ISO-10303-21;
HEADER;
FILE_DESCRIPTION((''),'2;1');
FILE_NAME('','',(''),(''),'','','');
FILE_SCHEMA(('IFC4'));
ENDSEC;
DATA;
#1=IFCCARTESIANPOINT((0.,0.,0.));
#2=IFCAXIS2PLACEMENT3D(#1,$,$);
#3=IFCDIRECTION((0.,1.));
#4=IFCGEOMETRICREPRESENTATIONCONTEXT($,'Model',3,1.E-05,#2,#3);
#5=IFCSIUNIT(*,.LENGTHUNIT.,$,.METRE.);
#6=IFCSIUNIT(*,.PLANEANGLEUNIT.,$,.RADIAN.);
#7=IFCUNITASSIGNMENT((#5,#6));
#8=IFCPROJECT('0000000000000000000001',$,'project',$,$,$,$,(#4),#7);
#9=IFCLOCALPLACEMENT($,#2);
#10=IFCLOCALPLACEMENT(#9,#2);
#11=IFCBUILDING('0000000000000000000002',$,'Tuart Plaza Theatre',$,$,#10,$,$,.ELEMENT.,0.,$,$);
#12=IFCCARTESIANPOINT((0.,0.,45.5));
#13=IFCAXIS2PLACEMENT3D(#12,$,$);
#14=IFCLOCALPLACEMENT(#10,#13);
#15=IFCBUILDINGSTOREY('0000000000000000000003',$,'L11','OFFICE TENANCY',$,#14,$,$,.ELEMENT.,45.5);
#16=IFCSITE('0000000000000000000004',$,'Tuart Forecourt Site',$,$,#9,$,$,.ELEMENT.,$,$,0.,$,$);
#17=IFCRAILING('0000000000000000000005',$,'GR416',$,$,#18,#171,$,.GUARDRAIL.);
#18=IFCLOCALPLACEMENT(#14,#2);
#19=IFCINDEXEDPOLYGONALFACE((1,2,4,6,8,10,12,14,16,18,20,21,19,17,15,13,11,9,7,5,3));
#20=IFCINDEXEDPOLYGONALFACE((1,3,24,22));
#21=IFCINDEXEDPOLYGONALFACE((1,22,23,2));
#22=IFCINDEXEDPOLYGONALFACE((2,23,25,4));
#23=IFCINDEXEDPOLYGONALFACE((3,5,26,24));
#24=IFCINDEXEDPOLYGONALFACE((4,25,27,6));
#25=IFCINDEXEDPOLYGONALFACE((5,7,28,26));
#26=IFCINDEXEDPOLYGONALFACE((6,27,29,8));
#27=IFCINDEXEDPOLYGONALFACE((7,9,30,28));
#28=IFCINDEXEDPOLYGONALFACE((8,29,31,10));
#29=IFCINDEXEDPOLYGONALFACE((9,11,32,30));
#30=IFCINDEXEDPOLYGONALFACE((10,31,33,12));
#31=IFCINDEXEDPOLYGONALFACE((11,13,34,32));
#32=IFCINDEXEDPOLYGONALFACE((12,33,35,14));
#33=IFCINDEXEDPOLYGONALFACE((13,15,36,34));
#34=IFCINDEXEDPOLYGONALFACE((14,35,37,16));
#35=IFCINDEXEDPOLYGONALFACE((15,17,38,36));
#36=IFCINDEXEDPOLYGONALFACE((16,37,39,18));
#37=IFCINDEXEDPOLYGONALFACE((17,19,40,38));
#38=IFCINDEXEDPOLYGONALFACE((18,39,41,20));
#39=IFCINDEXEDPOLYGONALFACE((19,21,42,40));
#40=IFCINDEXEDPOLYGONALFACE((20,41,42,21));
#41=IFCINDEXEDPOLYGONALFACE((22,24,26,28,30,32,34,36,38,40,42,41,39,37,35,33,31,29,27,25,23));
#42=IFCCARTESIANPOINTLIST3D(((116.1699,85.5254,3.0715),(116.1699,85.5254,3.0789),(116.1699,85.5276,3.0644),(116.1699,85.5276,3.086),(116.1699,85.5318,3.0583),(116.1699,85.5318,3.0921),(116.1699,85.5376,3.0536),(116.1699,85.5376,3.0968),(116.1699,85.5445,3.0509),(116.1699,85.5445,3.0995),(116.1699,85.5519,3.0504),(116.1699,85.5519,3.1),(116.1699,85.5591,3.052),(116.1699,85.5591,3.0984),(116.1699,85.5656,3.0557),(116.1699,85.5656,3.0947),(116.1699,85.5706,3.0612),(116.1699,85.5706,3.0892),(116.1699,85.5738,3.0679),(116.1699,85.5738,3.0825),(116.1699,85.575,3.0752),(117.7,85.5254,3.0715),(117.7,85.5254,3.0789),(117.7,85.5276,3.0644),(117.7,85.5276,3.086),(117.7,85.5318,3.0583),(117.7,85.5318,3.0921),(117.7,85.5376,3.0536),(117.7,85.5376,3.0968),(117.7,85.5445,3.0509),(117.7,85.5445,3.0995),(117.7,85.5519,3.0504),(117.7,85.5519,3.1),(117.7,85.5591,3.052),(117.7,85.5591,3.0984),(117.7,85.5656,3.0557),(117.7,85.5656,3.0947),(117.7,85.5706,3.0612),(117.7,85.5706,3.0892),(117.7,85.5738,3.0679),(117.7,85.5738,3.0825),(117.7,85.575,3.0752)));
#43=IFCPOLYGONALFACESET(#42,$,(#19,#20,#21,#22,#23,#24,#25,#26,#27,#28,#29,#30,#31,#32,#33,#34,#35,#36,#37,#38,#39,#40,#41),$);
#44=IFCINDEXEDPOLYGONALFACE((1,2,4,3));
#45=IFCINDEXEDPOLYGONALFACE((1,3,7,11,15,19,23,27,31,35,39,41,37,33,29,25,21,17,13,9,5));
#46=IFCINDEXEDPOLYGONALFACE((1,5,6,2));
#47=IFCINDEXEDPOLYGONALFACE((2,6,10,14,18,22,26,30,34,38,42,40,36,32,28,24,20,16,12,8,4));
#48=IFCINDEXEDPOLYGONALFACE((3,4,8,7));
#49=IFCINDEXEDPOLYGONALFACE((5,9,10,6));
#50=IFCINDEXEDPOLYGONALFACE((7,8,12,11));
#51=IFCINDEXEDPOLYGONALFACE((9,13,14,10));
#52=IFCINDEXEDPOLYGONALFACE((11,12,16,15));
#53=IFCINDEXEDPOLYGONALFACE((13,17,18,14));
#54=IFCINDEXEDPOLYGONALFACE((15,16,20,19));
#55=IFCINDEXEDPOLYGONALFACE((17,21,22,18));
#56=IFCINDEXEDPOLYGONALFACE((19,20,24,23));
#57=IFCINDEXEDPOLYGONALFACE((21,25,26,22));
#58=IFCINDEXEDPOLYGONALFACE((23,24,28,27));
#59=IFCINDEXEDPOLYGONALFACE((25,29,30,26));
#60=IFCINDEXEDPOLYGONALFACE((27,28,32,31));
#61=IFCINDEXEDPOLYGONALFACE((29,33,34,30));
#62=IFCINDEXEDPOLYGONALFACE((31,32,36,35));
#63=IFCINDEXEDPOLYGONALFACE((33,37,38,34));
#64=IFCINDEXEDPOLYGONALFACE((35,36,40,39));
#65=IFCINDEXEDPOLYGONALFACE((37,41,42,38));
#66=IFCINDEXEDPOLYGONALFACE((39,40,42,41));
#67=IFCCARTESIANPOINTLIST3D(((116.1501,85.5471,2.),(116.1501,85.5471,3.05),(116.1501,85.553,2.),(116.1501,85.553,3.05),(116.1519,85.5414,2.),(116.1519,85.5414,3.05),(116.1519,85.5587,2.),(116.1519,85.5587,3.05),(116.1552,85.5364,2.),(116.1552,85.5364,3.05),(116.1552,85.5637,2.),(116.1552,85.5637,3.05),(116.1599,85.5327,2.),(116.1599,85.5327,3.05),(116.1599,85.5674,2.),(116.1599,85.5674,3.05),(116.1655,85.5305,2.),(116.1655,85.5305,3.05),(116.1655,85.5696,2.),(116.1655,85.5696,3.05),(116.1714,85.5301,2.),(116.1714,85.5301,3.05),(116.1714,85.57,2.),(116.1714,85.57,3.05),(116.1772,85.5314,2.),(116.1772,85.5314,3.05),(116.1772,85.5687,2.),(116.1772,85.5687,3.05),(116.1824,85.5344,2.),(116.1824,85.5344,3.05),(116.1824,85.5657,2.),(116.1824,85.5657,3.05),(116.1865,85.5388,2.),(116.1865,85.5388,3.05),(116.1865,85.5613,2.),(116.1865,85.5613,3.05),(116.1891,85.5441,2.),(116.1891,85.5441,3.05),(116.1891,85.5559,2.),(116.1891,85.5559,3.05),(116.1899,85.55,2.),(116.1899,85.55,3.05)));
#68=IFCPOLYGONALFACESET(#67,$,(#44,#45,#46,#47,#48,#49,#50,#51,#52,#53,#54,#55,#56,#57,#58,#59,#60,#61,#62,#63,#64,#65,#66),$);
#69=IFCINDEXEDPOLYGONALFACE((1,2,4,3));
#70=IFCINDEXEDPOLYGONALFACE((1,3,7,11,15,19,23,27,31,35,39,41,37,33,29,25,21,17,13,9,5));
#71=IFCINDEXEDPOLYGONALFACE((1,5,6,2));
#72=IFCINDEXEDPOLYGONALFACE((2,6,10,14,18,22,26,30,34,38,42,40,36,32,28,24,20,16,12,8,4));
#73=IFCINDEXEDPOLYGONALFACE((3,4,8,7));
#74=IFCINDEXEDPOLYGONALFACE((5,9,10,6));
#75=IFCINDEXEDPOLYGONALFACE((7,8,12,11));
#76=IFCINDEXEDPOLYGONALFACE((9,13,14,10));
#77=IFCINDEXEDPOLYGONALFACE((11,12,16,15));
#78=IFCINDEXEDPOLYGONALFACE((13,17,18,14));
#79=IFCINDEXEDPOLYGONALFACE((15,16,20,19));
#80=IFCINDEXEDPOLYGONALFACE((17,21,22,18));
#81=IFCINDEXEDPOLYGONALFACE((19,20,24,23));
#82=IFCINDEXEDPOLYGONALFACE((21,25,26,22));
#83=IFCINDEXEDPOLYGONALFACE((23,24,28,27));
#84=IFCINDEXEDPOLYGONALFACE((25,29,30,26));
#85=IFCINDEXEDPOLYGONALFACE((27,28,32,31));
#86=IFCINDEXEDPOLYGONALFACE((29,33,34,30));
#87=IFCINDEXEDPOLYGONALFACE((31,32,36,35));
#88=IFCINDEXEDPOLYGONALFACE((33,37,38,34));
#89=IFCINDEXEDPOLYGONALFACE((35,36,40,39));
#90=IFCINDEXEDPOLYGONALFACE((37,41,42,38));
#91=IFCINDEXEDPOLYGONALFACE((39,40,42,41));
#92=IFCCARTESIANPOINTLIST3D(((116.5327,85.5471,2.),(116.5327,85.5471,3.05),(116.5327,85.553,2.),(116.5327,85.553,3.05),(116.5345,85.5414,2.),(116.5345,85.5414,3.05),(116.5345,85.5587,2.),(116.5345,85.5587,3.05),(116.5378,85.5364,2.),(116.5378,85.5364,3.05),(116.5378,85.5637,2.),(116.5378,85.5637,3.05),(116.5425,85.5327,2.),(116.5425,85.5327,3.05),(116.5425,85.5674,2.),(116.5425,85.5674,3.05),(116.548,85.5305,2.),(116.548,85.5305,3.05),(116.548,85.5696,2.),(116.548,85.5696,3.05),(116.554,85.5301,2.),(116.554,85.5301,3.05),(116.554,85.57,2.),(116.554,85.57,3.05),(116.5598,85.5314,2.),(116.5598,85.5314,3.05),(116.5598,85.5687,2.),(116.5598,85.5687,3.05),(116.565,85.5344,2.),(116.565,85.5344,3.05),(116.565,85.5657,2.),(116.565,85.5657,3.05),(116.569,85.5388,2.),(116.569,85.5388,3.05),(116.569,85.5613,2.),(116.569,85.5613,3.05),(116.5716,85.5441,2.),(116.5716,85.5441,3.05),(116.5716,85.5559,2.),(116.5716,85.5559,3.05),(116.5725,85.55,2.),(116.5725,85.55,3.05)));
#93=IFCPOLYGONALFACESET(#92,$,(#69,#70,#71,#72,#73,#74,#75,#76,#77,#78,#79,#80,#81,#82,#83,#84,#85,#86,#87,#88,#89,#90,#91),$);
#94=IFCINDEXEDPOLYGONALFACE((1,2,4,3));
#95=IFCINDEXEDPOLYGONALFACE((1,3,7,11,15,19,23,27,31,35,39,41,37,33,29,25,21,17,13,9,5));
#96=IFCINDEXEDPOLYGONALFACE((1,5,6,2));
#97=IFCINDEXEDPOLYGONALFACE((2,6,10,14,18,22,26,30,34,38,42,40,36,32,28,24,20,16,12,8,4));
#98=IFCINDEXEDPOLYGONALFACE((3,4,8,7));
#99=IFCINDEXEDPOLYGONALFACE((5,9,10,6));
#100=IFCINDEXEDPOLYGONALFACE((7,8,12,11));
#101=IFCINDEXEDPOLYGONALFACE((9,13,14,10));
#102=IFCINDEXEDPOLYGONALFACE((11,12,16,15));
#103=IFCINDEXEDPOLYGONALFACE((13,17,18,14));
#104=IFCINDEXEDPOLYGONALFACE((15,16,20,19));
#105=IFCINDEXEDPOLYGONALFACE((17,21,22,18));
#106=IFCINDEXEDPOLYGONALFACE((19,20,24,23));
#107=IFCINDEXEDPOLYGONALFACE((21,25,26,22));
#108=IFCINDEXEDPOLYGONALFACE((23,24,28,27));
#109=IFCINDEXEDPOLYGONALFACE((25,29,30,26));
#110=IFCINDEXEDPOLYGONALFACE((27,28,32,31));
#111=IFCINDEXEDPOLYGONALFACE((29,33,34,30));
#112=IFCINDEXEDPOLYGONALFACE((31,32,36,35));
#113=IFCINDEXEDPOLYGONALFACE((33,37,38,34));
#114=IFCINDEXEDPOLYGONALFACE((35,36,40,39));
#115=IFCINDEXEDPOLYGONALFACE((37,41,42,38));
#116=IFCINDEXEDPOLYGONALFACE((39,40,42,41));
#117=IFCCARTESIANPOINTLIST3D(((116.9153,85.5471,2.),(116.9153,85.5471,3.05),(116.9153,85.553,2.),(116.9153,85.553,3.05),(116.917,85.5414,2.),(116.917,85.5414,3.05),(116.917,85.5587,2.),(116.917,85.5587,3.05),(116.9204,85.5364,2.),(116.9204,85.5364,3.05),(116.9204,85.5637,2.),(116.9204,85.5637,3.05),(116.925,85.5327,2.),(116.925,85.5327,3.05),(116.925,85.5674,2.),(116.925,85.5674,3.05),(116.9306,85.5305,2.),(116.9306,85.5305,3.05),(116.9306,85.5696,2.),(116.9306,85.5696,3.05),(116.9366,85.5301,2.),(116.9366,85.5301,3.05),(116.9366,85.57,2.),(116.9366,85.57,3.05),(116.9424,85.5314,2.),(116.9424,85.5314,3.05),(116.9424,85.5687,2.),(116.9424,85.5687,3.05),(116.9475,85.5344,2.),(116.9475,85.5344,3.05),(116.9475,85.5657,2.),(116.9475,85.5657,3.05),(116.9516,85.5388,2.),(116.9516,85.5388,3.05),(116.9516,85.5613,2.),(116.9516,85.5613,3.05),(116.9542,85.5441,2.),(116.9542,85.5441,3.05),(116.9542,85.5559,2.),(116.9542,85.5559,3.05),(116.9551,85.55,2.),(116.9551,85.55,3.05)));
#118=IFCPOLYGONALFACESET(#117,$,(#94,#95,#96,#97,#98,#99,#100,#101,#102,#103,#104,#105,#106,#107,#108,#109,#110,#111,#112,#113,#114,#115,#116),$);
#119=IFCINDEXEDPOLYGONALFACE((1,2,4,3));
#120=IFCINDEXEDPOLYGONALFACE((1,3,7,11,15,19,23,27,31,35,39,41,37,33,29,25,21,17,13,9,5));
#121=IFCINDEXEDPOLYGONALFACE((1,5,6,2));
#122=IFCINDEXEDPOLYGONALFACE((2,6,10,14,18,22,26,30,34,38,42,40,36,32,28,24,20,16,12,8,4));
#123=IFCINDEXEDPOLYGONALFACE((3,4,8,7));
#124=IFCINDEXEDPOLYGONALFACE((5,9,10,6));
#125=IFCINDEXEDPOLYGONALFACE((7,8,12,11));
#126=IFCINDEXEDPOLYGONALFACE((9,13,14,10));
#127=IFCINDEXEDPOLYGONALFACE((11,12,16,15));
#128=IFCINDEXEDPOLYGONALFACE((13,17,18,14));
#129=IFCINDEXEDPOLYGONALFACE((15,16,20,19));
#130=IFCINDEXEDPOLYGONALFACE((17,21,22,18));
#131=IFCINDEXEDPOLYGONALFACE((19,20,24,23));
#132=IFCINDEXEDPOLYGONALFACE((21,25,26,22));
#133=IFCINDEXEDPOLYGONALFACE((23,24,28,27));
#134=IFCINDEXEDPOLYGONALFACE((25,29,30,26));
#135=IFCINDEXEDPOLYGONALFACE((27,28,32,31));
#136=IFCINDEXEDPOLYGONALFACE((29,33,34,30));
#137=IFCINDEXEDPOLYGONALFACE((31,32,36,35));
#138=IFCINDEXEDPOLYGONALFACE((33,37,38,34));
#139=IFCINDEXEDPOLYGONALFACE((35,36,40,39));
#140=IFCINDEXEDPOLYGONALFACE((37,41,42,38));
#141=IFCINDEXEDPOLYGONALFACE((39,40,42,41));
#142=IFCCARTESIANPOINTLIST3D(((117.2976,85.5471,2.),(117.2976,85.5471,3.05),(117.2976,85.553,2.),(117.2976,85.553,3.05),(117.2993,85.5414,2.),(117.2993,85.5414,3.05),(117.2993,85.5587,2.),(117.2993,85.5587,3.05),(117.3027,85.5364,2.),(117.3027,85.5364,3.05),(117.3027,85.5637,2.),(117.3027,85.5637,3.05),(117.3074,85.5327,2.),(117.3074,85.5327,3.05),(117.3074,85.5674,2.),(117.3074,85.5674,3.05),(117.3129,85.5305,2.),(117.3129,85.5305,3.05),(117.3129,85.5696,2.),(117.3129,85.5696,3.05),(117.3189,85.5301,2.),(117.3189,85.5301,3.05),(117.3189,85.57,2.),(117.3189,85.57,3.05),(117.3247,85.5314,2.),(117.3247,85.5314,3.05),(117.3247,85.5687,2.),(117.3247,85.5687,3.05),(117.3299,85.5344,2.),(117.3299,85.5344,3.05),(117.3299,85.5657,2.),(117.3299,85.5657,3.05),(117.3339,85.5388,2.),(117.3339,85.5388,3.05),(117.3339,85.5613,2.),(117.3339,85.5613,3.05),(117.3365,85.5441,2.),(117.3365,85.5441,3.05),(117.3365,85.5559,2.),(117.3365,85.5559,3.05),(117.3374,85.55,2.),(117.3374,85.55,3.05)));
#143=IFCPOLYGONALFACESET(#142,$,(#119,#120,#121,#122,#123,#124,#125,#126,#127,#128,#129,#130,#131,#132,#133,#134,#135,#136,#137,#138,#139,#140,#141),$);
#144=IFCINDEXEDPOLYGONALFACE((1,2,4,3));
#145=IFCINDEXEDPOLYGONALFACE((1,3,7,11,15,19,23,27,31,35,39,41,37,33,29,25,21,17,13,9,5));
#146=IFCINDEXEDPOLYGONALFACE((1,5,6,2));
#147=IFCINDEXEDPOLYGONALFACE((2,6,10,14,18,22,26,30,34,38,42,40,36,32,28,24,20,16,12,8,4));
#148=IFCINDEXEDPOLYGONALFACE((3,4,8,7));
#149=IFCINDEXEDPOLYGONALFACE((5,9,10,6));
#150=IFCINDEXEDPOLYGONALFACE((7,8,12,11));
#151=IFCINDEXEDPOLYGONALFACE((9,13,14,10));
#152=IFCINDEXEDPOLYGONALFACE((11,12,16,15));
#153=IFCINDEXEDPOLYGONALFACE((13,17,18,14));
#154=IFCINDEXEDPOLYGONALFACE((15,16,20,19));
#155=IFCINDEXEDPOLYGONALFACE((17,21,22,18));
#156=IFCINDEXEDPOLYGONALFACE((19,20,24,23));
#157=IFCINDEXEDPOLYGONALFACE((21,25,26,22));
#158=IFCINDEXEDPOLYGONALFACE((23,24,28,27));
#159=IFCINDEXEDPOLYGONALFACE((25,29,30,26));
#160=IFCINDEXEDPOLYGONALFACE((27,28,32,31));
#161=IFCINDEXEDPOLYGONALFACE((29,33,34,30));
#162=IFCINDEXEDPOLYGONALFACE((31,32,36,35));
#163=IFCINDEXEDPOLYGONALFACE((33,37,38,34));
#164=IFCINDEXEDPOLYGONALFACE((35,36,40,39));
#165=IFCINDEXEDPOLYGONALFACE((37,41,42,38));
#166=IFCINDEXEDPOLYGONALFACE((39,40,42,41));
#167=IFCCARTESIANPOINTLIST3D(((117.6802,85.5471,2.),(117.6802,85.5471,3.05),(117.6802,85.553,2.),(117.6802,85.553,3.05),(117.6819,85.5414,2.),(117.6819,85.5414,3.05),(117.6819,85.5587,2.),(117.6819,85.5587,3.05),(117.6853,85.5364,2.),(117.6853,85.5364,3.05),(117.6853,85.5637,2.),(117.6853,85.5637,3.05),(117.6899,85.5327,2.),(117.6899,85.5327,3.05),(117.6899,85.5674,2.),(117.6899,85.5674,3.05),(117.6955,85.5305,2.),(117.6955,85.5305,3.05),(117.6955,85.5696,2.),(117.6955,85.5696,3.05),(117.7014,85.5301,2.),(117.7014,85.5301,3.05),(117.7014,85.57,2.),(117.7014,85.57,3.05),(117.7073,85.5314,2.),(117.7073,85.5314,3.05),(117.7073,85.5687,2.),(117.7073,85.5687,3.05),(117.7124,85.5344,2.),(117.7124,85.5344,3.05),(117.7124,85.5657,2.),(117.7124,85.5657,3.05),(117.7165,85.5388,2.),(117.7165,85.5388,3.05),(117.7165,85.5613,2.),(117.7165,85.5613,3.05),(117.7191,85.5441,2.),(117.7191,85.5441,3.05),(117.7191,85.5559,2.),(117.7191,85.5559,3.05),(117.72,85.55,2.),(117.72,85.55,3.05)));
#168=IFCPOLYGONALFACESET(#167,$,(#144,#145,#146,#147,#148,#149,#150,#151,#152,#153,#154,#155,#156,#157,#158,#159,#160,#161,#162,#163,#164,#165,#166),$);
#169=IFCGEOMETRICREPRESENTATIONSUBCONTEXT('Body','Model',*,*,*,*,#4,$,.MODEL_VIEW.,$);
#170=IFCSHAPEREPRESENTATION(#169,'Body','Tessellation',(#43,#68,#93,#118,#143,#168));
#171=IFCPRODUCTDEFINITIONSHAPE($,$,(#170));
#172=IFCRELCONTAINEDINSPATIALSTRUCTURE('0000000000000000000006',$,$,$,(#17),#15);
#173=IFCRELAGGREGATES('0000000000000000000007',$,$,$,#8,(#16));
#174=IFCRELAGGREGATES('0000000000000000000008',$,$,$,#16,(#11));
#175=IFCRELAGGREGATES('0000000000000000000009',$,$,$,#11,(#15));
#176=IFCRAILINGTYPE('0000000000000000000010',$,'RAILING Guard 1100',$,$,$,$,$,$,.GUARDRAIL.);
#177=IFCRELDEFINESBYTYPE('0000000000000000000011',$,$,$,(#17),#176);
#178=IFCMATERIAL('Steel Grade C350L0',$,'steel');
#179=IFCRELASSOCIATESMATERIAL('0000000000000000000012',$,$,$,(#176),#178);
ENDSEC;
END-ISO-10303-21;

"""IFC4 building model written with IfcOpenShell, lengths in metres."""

from ifc_helpers import new_model, si_unit, direction, frame, origin, origin_2d, place, context, subcontext, project, spatial, circle, extrude, material, type_object, element, save


model = new_model("IFC4")

# Units and contexts
model_context = context("Model", 3, precision=1e-05, world=origin(), true_north=direction((0.0, 1.0)))
body_context = subcontext(model_context, "Body", "Model", "MODEL_VIEW")
ifc_project = project(units=[si_unit("LENGTHUNIT", "METRE"), si_unit("PLANEANGLEUNIT", "RADIAN")], contexts=[model_context])

# Site, building, storey
site_placement = place(None, origin())
site = spatial("IfcSite", under=ifc_project, at=site_placement, Name="Tuart Forecourt Site", CompositionType="ELEMENT", RefElevation=0.0)
building_placement = place(site_placement, origin())
building = spatial("IfcBuilding", under=site, at=building_placement, Name="Tuart Plaza Theatre", CompositionType="ELEMENT", ElevationOfRefHeight=0.0)
storey_placement = place(building_placement, frame((0.0, 0.0, 45.5)))
storey = spatial("IfcBuildingStorey", under=building, at=storey_placement, Name="L11", Description="OFFICE TENANCY", CompositionType="ELEMENT", Elevation=45.5)

# Railing
ifc_material_1 = material(Name="Steel Grade C350L0", Category="steel")
railing_type_1 = type_object("IfcRailingType", Name="RAILING Guard 1100", PredefinedType="GUARDRAIL", material=ifc_material_1)
railing_1_placement = place(storey_placement, frame((116.1699, 85.55, 2.0)))
element("IfcRailing", 1, at=railing_1_placement, inside=storey, type_object=railing_type_1, Name="GR416", PredefinedType="GUARDRAIL", context=body_context, shape_type="SweptSolid", body=[
    extrude(circle(Radius=0.0249, at=origin_2d()), frame((0.0, 0.0, 1.0752), z_axis=(1.0, 0.0, 0.0), x_axis=(0.0, 1.0, 0.0)), (0.0, 0.0, 1.0), 1.53),
    extrude(circle(Radius=0.02, at=origin_2d()), origin(), (0.0, 0.0, 1.0), 1.05),
    extrude(circle(Radius=0.02, at=origin_2d()), frame((0.3826, 0.0, 0.0)), (0.0, 0.0, 1.0), 1.05),
    extrude(circle(Radius=0.02, at=origin_2d()), frame((0.7651, 0.0, 0.0)), (0.0, 0.0, 1.0), 1.05),
    extrude(circle(Radius=0.02, at=origin_2d()), frame((1.1475, 0.0, 0.0)), (0.0, 0.0, 1.0), 1.05),
    extrude(circle(Radius=0.02, at=origin_2d()), frame((1.53, 0.0, 0.0)), (0.0, 0.0, 1.0), 1.05),
])

save(model, "model.ifc")
